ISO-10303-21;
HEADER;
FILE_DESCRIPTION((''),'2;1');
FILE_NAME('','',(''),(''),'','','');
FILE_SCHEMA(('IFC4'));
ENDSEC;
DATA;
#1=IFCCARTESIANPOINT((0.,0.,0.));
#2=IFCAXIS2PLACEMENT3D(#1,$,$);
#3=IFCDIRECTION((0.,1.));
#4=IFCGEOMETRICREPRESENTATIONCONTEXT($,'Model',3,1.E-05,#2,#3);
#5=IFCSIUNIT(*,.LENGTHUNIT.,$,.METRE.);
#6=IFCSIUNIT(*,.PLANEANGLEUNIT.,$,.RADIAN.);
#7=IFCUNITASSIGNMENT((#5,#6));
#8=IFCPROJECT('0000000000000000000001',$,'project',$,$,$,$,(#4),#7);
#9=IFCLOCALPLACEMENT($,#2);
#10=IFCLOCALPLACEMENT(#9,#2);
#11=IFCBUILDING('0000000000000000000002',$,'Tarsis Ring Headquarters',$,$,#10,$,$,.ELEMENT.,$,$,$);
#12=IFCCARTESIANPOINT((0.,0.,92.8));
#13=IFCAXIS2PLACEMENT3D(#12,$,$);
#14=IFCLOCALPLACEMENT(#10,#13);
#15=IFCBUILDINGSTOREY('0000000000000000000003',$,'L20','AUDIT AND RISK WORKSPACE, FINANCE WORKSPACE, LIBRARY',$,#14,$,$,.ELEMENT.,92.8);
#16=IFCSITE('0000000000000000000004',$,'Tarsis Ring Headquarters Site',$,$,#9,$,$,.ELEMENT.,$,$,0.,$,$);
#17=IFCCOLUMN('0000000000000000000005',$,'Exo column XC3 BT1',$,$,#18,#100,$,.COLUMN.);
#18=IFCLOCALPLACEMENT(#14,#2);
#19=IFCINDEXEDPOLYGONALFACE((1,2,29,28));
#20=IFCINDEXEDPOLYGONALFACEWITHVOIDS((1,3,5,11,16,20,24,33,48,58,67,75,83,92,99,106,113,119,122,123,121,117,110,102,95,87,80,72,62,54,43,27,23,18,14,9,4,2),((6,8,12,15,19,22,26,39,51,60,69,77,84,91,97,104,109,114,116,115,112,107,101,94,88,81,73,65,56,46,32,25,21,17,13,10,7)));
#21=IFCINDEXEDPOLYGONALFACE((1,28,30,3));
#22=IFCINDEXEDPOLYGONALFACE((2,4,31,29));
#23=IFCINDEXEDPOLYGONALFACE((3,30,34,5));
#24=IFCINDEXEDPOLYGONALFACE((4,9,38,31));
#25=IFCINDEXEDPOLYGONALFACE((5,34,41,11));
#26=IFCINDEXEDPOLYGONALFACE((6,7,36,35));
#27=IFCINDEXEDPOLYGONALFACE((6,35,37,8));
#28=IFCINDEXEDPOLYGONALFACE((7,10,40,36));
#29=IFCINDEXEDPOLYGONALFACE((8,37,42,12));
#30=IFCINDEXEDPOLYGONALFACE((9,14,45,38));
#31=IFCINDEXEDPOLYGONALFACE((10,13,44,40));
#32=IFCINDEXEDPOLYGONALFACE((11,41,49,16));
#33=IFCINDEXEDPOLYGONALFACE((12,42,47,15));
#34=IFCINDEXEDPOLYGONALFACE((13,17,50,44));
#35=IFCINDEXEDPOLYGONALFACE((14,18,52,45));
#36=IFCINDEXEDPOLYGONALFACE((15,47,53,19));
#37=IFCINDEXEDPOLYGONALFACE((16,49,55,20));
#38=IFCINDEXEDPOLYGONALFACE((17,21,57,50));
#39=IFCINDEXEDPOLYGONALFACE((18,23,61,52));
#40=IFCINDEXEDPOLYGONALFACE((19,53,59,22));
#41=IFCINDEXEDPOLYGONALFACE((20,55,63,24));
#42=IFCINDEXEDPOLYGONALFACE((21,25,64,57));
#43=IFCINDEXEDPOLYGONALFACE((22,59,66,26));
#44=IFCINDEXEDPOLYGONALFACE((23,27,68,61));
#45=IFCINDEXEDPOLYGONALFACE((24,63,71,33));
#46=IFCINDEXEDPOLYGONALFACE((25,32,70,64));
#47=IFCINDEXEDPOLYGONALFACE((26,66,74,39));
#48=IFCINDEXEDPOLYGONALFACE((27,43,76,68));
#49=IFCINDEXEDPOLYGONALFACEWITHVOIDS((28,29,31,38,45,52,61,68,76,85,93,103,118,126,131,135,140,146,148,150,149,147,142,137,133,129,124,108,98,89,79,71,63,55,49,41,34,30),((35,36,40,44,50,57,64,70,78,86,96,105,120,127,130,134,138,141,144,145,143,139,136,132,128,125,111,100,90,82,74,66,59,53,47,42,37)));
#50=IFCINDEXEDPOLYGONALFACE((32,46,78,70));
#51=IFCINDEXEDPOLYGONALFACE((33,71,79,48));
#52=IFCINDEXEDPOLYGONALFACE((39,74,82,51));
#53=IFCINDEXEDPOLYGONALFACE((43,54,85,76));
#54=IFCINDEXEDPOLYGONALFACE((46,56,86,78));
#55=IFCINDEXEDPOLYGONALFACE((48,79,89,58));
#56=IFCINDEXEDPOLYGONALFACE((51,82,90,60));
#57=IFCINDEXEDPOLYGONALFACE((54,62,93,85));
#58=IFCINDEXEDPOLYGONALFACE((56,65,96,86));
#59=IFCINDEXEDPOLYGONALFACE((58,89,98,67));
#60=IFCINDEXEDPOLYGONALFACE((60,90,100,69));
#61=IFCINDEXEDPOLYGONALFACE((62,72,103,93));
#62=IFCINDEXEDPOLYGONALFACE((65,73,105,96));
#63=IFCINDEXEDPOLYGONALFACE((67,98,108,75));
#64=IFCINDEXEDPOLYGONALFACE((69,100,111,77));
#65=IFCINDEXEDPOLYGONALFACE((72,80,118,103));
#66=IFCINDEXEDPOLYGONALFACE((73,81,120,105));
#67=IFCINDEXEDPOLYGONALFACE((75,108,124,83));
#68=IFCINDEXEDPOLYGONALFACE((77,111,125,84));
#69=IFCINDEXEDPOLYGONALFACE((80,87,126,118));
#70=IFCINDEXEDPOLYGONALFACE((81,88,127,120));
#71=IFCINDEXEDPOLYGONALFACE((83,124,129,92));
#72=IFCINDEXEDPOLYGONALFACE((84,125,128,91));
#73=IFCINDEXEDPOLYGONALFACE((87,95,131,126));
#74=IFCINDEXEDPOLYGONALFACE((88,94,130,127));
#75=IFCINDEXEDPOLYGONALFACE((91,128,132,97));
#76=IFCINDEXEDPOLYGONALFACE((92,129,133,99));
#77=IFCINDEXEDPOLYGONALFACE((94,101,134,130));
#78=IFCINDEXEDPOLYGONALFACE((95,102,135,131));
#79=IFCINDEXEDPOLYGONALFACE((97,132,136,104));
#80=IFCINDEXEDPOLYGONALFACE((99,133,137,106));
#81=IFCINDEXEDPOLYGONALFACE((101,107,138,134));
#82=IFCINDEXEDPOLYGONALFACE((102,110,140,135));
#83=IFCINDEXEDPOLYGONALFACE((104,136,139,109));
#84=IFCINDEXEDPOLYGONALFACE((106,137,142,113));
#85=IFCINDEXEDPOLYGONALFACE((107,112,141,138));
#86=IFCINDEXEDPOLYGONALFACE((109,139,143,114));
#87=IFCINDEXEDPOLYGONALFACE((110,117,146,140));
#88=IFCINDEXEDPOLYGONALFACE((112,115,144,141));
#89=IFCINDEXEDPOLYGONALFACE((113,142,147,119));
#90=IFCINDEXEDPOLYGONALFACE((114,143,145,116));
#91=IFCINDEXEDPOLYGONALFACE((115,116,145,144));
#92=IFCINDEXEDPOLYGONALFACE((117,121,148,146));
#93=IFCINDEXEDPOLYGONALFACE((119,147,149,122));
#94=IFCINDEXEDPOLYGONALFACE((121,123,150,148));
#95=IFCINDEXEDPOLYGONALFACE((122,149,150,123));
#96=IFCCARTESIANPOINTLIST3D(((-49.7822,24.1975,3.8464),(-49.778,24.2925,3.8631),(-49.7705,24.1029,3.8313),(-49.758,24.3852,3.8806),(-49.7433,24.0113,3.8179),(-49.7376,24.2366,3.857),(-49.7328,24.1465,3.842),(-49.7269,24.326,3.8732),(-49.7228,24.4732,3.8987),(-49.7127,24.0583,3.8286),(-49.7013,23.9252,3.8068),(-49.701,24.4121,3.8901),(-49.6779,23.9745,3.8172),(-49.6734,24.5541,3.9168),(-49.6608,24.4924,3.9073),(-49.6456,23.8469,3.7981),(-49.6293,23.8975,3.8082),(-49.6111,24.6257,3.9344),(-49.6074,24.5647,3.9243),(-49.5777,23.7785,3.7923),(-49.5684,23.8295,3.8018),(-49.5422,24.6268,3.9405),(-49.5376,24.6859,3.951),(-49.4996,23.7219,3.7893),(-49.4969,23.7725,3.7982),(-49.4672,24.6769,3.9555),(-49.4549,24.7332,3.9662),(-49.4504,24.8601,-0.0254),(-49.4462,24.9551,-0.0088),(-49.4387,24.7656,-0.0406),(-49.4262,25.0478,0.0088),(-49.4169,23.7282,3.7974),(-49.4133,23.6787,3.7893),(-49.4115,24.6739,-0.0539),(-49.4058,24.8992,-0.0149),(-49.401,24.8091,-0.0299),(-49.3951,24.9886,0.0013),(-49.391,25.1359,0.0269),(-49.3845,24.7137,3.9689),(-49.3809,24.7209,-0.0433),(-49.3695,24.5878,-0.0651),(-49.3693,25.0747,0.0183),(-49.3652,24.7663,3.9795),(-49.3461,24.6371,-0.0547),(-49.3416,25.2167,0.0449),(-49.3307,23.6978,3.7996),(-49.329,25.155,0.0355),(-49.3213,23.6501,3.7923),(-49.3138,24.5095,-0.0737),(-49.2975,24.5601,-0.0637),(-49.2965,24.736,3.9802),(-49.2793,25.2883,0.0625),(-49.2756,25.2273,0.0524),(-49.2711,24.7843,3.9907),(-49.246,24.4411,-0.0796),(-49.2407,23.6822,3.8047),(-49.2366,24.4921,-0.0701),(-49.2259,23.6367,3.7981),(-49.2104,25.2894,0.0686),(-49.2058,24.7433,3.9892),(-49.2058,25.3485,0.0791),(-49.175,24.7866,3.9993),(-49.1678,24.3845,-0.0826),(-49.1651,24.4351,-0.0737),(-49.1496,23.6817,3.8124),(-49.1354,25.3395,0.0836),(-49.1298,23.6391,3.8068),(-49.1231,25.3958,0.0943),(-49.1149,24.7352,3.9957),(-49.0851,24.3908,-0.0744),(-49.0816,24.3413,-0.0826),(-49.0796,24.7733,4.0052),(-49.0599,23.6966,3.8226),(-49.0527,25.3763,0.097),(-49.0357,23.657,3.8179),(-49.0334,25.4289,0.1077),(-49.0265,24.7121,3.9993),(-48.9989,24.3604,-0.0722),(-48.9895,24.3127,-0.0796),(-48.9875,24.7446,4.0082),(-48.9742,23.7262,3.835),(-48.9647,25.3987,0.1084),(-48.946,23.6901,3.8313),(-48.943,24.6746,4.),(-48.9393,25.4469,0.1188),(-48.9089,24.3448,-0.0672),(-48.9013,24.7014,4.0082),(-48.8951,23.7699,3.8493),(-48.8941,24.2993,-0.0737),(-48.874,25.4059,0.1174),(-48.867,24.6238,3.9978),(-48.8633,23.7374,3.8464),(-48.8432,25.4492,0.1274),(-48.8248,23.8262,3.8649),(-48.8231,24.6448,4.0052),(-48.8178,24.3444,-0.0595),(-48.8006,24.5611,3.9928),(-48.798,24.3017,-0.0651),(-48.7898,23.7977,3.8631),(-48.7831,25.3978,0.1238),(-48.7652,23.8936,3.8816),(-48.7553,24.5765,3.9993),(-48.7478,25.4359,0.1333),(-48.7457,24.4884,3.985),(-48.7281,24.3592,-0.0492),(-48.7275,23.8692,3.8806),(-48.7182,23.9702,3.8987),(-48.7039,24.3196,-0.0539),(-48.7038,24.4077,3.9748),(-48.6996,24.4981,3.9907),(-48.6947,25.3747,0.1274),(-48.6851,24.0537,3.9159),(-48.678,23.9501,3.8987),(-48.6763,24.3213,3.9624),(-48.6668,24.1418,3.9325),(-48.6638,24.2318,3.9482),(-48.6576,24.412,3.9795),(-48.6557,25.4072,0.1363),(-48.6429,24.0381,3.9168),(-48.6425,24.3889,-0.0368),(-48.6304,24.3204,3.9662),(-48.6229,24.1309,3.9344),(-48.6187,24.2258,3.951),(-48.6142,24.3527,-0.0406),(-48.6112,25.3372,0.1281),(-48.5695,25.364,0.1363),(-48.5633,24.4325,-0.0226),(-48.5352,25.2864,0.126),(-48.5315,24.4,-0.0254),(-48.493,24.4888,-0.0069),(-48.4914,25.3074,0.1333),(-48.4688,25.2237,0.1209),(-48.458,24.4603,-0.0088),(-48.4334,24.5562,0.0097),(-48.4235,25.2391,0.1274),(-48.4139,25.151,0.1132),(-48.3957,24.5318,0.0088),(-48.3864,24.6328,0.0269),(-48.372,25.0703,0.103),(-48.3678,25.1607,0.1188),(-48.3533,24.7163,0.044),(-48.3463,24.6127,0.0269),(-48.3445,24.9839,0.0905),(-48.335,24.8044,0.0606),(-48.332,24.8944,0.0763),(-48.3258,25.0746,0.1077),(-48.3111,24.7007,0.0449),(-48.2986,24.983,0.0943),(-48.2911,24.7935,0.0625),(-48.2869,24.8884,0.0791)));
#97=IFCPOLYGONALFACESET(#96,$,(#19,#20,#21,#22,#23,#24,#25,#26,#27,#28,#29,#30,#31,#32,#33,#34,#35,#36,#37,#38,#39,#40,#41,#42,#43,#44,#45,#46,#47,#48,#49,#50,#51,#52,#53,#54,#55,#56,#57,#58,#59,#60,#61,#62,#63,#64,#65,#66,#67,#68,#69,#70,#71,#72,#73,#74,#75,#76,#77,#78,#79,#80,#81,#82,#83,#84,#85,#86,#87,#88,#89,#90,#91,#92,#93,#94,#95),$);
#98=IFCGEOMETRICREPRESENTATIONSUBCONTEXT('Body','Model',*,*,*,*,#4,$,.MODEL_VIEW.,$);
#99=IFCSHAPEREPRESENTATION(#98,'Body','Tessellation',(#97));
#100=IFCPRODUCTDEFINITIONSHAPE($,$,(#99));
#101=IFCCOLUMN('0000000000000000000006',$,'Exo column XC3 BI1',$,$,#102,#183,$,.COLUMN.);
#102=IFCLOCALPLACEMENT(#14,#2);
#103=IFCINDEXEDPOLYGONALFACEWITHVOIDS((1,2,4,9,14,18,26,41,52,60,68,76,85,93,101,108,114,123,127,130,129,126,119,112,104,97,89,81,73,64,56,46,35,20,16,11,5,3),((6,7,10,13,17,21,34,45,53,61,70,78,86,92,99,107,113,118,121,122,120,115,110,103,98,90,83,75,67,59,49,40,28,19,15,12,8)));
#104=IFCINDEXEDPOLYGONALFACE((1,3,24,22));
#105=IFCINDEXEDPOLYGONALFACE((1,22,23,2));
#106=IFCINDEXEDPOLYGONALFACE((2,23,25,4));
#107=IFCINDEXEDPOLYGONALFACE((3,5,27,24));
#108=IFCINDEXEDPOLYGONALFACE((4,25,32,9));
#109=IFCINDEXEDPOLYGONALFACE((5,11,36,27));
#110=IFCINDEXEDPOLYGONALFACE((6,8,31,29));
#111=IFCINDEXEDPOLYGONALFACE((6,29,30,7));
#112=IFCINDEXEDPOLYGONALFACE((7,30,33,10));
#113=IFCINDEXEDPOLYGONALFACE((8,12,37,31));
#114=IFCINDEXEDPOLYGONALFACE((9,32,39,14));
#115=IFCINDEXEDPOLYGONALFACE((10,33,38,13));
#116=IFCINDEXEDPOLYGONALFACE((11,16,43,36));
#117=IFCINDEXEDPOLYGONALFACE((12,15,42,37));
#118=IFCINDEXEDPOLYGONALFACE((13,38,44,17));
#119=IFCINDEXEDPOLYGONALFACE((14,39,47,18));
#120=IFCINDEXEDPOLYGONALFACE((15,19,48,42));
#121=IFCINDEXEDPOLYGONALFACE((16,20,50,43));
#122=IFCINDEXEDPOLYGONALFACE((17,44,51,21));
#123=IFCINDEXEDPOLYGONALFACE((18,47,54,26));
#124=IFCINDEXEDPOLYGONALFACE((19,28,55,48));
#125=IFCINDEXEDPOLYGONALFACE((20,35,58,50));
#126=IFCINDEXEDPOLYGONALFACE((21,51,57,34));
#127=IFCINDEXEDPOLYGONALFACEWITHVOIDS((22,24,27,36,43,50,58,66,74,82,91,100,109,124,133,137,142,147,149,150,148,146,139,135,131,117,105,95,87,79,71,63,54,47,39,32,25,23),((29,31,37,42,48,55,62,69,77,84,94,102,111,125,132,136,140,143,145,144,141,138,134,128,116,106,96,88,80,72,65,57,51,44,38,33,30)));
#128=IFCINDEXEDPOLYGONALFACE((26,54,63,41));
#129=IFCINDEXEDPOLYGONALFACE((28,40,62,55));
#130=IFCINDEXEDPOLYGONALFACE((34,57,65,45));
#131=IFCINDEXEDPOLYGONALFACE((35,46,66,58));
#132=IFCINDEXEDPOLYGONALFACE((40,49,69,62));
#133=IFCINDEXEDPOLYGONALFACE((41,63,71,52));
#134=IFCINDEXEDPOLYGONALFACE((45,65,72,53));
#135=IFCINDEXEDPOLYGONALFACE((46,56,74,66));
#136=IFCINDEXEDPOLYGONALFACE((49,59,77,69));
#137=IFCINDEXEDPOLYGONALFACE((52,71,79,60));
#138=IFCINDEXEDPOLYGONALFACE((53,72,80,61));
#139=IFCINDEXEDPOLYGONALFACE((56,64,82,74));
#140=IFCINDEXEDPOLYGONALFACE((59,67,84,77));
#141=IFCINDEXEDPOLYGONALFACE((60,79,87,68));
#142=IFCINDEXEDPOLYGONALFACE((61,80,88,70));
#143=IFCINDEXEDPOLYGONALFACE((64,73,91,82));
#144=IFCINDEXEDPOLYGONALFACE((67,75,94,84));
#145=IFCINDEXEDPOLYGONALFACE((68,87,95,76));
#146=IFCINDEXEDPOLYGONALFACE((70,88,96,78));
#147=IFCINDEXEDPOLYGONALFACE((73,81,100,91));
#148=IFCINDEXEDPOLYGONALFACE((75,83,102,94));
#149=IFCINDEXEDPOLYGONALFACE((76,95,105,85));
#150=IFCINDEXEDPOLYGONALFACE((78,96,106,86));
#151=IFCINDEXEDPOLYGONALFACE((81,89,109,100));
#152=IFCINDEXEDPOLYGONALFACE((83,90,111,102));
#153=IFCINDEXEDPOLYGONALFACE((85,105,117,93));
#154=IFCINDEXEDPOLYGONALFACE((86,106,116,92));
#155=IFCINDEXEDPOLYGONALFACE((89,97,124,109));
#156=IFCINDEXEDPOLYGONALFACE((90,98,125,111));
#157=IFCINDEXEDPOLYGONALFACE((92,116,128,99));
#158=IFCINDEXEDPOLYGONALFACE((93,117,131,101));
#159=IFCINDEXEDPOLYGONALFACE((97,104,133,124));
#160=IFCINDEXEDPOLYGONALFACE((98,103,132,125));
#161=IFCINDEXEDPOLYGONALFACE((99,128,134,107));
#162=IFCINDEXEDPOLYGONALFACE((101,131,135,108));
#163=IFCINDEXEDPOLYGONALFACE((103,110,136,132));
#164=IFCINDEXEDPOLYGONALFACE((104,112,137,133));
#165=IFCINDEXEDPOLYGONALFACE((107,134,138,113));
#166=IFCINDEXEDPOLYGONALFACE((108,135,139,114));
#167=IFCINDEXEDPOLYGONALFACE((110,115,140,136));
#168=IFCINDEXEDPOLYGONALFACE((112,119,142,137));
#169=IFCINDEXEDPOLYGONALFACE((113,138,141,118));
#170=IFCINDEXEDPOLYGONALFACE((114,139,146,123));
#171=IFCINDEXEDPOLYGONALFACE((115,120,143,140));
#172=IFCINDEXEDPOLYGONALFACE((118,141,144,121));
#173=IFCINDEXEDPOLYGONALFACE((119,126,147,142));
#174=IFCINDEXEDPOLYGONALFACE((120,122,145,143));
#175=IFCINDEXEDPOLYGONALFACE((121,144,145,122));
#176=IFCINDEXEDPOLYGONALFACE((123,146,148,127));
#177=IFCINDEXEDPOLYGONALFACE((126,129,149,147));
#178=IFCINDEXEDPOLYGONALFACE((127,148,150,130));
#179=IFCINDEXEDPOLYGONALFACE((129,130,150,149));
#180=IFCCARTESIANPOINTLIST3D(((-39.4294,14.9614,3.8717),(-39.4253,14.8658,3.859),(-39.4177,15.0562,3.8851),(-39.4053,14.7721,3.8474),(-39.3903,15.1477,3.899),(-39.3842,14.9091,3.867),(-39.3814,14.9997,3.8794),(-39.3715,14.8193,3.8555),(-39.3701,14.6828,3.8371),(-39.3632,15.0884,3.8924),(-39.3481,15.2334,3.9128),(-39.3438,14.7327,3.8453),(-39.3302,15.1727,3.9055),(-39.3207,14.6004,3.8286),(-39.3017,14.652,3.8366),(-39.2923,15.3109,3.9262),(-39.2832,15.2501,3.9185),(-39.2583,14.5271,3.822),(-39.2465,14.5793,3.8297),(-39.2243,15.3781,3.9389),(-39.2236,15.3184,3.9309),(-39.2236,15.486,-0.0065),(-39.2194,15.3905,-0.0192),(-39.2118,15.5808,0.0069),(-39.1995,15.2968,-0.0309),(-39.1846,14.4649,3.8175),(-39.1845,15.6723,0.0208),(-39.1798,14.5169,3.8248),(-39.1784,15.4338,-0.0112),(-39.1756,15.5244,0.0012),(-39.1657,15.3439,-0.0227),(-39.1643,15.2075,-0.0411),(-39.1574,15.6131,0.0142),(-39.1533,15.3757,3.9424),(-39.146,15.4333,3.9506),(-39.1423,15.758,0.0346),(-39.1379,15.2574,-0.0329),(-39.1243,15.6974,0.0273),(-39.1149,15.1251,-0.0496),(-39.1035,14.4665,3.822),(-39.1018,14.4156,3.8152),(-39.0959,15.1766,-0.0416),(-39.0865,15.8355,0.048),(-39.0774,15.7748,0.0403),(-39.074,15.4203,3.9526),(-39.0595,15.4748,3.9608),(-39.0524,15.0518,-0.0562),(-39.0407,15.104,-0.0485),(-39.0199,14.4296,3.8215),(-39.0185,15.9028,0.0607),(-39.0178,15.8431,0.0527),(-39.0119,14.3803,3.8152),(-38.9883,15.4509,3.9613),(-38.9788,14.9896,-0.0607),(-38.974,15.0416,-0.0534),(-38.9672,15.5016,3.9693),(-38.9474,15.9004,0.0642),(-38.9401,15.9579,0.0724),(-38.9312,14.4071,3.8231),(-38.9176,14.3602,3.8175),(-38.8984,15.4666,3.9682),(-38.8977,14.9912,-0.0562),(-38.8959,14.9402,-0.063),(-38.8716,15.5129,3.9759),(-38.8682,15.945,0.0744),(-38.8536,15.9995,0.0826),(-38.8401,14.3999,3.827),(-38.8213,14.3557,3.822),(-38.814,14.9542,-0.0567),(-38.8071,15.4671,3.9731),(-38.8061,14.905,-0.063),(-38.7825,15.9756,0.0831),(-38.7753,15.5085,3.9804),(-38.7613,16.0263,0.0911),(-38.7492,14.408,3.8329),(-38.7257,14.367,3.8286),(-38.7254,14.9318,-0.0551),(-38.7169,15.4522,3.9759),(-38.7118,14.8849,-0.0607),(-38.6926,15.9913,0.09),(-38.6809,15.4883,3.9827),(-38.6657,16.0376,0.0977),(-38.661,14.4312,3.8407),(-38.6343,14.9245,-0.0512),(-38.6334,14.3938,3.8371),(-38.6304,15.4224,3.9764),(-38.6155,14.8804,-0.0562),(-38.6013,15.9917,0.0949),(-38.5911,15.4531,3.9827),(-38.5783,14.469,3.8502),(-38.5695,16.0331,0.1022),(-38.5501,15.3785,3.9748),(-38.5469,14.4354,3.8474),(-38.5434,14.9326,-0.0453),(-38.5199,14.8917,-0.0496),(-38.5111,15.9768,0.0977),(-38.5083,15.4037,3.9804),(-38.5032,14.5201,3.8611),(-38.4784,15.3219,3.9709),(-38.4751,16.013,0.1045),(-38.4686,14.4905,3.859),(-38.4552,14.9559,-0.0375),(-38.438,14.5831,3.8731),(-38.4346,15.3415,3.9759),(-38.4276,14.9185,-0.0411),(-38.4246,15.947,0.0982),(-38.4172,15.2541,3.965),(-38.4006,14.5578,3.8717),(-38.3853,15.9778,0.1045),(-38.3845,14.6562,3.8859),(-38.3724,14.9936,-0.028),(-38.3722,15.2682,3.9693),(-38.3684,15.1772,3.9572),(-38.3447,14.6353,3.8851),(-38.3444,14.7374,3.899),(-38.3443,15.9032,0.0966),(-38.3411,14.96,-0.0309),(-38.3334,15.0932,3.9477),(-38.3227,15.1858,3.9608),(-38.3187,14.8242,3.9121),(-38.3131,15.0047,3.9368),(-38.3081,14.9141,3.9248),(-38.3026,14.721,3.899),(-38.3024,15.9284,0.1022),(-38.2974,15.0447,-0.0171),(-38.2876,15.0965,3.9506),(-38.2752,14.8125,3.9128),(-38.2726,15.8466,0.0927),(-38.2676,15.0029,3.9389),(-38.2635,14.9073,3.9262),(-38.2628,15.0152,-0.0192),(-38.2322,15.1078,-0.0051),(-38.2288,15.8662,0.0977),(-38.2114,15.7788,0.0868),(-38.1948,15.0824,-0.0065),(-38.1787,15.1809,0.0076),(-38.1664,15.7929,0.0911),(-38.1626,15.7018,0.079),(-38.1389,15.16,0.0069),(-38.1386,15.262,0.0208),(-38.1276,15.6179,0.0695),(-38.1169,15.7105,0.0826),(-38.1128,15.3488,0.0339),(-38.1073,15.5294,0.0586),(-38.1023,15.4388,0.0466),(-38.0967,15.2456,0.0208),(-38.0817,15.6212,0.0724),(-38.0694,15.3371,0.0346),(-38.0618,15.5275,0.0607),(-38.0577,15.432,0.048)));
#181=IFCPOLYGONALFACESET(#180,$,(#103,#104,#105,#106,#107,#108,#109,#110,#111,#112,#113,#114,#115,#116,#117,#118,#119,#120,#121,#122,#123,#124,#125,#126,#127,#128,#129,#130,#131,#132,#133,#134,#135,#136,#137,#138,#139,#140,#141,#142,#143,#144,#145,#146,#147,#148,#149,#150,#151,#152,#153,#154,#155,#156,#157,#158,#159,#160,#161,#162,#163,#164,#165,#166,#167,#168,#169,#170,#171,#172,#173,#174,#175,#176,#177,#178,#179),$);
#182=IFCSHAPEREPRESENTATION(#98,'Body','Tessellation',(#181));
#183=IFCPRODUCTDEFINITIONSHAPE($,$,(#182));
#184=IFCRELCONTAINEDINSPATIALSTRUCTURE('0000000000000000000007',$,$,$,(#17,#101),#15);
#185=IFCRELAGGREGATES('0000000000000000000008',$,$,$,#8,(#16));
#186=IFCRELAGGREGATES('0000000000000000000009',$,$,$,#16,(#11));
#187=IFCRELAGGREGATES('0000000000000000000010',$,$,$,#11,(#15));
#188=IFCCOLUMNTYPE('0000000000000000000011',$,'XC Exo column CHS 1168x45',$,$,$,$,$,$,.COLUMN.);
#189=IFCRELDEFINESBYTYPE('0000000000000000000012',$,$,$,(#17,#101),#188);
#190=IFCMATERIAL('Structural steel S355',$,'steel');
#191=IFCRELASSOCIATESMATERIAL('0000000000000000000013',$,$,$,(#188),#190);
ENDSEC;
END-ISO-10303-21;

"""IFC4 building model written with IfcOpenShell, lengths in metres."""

from ifc_helpers import new_model, si_unit, direction, frame, origin, origin_2d, place, context, subcontext, project, spatial, hollow_circle, extrude, material, material_profile, profile_set, type_object, element, save


model = new_model("IFC4")

# Units and contexts
model_context = context("Model", 3, precision=1e-05, world=origin(), true_north=direction((0.0, 1.0)))
body_context = subcontext(model_context, "Body", "Model", "MODEL_VIEW")
ifc_project = project(units=[si_unit("LENGTHUNIT", "METRE"), si_unit("PLANEANGLEUNIT", "RADIAN")], contexts=[model_context])

# Site, building, storey
site_placement = place(None, origin())
site = spatial("IfcSite", under=ifc_project, at=site_placement, Name="Tarsis Ring Headquarters Site", CompositionType="ELEMENT", RefElevation=0.0)
building_placement = place(site_placement, origin())
building = spatial("IfcBuilding", under=site, at=building_placement, Name="Tarsis Ring Headquarters", CompositionType="ELEMENT")
storey_placement = place(building_placement, frame((0.0, 0.0, 92.8)))
storey = spatial("IfcBuildingStorey", under=building, at=storey_placement, Name="L20", Description="AUDIT AND RISK WORKSPACE, FINANCE WORKSPACE, LIBRARY", CompositionType="ELEMENT", Elevation=92.8)

# Columns
ifc_material_1 = material(Name="Structural steel S355", Category="steel")
ifc_material_profile_1 = material_profile(ifc_material_1, hollow_circle(Radius=0.5842, WallThickness=0.0449, at=origin_2d()), Name="CHS 1168x45")
ifc_profile_set_1 = profile_set([ifc_material_profile_1], Name="Structural steel S355")
column_type = type_object("IfcColumnType", Name="XC Exo column CHS 1168x45", PredefinedType="COLUMN", material=ifc_profile_set_1)
column_1_placement = place(storey_placement, frame((-48.8687, 24.8743, 0.0269), z_axis=(-0.084165, -0.168082, 0.982173), x_axis=(0.894163, -0.447741, 0.0)))
element("IfcColumn", 1, at=column_1_placement, inside=storey, type_object=column_type, Name="Exo column XC3 BT1", PredefinedType="COLUMN", context=body_context, shape_type="SweptSolid", body=[
    extrude(hollow_circle(Radius=0.5842, WallThickness=0.0449, at=origin_2d()), origin(), (0.0, 0.0, 1.0), 3.9421),
])
column_2_placement = place(storey_placement, frame((-38.6406, 15.459, 0.0208), z_axis=(-0.052517, -0.133879, 0.989605), x_axis=(0.930936, -0.365183, 0.0)))
element("IfcColumn", 2, at=column_2_placement, inside=storey, type_object=column_type, Name="Exo column XC3 BI1", PredefinedType="COLUMN", context=body_context, shape_type="SweptSolid", body=[
    extrude(hollow_circle(Radius=0.5842, WallThickness=0.0449, at=origin_2d()), origin(), (0.0, 0.0, 1.0), 3.9189),
])

save(model, "model.ifc")
